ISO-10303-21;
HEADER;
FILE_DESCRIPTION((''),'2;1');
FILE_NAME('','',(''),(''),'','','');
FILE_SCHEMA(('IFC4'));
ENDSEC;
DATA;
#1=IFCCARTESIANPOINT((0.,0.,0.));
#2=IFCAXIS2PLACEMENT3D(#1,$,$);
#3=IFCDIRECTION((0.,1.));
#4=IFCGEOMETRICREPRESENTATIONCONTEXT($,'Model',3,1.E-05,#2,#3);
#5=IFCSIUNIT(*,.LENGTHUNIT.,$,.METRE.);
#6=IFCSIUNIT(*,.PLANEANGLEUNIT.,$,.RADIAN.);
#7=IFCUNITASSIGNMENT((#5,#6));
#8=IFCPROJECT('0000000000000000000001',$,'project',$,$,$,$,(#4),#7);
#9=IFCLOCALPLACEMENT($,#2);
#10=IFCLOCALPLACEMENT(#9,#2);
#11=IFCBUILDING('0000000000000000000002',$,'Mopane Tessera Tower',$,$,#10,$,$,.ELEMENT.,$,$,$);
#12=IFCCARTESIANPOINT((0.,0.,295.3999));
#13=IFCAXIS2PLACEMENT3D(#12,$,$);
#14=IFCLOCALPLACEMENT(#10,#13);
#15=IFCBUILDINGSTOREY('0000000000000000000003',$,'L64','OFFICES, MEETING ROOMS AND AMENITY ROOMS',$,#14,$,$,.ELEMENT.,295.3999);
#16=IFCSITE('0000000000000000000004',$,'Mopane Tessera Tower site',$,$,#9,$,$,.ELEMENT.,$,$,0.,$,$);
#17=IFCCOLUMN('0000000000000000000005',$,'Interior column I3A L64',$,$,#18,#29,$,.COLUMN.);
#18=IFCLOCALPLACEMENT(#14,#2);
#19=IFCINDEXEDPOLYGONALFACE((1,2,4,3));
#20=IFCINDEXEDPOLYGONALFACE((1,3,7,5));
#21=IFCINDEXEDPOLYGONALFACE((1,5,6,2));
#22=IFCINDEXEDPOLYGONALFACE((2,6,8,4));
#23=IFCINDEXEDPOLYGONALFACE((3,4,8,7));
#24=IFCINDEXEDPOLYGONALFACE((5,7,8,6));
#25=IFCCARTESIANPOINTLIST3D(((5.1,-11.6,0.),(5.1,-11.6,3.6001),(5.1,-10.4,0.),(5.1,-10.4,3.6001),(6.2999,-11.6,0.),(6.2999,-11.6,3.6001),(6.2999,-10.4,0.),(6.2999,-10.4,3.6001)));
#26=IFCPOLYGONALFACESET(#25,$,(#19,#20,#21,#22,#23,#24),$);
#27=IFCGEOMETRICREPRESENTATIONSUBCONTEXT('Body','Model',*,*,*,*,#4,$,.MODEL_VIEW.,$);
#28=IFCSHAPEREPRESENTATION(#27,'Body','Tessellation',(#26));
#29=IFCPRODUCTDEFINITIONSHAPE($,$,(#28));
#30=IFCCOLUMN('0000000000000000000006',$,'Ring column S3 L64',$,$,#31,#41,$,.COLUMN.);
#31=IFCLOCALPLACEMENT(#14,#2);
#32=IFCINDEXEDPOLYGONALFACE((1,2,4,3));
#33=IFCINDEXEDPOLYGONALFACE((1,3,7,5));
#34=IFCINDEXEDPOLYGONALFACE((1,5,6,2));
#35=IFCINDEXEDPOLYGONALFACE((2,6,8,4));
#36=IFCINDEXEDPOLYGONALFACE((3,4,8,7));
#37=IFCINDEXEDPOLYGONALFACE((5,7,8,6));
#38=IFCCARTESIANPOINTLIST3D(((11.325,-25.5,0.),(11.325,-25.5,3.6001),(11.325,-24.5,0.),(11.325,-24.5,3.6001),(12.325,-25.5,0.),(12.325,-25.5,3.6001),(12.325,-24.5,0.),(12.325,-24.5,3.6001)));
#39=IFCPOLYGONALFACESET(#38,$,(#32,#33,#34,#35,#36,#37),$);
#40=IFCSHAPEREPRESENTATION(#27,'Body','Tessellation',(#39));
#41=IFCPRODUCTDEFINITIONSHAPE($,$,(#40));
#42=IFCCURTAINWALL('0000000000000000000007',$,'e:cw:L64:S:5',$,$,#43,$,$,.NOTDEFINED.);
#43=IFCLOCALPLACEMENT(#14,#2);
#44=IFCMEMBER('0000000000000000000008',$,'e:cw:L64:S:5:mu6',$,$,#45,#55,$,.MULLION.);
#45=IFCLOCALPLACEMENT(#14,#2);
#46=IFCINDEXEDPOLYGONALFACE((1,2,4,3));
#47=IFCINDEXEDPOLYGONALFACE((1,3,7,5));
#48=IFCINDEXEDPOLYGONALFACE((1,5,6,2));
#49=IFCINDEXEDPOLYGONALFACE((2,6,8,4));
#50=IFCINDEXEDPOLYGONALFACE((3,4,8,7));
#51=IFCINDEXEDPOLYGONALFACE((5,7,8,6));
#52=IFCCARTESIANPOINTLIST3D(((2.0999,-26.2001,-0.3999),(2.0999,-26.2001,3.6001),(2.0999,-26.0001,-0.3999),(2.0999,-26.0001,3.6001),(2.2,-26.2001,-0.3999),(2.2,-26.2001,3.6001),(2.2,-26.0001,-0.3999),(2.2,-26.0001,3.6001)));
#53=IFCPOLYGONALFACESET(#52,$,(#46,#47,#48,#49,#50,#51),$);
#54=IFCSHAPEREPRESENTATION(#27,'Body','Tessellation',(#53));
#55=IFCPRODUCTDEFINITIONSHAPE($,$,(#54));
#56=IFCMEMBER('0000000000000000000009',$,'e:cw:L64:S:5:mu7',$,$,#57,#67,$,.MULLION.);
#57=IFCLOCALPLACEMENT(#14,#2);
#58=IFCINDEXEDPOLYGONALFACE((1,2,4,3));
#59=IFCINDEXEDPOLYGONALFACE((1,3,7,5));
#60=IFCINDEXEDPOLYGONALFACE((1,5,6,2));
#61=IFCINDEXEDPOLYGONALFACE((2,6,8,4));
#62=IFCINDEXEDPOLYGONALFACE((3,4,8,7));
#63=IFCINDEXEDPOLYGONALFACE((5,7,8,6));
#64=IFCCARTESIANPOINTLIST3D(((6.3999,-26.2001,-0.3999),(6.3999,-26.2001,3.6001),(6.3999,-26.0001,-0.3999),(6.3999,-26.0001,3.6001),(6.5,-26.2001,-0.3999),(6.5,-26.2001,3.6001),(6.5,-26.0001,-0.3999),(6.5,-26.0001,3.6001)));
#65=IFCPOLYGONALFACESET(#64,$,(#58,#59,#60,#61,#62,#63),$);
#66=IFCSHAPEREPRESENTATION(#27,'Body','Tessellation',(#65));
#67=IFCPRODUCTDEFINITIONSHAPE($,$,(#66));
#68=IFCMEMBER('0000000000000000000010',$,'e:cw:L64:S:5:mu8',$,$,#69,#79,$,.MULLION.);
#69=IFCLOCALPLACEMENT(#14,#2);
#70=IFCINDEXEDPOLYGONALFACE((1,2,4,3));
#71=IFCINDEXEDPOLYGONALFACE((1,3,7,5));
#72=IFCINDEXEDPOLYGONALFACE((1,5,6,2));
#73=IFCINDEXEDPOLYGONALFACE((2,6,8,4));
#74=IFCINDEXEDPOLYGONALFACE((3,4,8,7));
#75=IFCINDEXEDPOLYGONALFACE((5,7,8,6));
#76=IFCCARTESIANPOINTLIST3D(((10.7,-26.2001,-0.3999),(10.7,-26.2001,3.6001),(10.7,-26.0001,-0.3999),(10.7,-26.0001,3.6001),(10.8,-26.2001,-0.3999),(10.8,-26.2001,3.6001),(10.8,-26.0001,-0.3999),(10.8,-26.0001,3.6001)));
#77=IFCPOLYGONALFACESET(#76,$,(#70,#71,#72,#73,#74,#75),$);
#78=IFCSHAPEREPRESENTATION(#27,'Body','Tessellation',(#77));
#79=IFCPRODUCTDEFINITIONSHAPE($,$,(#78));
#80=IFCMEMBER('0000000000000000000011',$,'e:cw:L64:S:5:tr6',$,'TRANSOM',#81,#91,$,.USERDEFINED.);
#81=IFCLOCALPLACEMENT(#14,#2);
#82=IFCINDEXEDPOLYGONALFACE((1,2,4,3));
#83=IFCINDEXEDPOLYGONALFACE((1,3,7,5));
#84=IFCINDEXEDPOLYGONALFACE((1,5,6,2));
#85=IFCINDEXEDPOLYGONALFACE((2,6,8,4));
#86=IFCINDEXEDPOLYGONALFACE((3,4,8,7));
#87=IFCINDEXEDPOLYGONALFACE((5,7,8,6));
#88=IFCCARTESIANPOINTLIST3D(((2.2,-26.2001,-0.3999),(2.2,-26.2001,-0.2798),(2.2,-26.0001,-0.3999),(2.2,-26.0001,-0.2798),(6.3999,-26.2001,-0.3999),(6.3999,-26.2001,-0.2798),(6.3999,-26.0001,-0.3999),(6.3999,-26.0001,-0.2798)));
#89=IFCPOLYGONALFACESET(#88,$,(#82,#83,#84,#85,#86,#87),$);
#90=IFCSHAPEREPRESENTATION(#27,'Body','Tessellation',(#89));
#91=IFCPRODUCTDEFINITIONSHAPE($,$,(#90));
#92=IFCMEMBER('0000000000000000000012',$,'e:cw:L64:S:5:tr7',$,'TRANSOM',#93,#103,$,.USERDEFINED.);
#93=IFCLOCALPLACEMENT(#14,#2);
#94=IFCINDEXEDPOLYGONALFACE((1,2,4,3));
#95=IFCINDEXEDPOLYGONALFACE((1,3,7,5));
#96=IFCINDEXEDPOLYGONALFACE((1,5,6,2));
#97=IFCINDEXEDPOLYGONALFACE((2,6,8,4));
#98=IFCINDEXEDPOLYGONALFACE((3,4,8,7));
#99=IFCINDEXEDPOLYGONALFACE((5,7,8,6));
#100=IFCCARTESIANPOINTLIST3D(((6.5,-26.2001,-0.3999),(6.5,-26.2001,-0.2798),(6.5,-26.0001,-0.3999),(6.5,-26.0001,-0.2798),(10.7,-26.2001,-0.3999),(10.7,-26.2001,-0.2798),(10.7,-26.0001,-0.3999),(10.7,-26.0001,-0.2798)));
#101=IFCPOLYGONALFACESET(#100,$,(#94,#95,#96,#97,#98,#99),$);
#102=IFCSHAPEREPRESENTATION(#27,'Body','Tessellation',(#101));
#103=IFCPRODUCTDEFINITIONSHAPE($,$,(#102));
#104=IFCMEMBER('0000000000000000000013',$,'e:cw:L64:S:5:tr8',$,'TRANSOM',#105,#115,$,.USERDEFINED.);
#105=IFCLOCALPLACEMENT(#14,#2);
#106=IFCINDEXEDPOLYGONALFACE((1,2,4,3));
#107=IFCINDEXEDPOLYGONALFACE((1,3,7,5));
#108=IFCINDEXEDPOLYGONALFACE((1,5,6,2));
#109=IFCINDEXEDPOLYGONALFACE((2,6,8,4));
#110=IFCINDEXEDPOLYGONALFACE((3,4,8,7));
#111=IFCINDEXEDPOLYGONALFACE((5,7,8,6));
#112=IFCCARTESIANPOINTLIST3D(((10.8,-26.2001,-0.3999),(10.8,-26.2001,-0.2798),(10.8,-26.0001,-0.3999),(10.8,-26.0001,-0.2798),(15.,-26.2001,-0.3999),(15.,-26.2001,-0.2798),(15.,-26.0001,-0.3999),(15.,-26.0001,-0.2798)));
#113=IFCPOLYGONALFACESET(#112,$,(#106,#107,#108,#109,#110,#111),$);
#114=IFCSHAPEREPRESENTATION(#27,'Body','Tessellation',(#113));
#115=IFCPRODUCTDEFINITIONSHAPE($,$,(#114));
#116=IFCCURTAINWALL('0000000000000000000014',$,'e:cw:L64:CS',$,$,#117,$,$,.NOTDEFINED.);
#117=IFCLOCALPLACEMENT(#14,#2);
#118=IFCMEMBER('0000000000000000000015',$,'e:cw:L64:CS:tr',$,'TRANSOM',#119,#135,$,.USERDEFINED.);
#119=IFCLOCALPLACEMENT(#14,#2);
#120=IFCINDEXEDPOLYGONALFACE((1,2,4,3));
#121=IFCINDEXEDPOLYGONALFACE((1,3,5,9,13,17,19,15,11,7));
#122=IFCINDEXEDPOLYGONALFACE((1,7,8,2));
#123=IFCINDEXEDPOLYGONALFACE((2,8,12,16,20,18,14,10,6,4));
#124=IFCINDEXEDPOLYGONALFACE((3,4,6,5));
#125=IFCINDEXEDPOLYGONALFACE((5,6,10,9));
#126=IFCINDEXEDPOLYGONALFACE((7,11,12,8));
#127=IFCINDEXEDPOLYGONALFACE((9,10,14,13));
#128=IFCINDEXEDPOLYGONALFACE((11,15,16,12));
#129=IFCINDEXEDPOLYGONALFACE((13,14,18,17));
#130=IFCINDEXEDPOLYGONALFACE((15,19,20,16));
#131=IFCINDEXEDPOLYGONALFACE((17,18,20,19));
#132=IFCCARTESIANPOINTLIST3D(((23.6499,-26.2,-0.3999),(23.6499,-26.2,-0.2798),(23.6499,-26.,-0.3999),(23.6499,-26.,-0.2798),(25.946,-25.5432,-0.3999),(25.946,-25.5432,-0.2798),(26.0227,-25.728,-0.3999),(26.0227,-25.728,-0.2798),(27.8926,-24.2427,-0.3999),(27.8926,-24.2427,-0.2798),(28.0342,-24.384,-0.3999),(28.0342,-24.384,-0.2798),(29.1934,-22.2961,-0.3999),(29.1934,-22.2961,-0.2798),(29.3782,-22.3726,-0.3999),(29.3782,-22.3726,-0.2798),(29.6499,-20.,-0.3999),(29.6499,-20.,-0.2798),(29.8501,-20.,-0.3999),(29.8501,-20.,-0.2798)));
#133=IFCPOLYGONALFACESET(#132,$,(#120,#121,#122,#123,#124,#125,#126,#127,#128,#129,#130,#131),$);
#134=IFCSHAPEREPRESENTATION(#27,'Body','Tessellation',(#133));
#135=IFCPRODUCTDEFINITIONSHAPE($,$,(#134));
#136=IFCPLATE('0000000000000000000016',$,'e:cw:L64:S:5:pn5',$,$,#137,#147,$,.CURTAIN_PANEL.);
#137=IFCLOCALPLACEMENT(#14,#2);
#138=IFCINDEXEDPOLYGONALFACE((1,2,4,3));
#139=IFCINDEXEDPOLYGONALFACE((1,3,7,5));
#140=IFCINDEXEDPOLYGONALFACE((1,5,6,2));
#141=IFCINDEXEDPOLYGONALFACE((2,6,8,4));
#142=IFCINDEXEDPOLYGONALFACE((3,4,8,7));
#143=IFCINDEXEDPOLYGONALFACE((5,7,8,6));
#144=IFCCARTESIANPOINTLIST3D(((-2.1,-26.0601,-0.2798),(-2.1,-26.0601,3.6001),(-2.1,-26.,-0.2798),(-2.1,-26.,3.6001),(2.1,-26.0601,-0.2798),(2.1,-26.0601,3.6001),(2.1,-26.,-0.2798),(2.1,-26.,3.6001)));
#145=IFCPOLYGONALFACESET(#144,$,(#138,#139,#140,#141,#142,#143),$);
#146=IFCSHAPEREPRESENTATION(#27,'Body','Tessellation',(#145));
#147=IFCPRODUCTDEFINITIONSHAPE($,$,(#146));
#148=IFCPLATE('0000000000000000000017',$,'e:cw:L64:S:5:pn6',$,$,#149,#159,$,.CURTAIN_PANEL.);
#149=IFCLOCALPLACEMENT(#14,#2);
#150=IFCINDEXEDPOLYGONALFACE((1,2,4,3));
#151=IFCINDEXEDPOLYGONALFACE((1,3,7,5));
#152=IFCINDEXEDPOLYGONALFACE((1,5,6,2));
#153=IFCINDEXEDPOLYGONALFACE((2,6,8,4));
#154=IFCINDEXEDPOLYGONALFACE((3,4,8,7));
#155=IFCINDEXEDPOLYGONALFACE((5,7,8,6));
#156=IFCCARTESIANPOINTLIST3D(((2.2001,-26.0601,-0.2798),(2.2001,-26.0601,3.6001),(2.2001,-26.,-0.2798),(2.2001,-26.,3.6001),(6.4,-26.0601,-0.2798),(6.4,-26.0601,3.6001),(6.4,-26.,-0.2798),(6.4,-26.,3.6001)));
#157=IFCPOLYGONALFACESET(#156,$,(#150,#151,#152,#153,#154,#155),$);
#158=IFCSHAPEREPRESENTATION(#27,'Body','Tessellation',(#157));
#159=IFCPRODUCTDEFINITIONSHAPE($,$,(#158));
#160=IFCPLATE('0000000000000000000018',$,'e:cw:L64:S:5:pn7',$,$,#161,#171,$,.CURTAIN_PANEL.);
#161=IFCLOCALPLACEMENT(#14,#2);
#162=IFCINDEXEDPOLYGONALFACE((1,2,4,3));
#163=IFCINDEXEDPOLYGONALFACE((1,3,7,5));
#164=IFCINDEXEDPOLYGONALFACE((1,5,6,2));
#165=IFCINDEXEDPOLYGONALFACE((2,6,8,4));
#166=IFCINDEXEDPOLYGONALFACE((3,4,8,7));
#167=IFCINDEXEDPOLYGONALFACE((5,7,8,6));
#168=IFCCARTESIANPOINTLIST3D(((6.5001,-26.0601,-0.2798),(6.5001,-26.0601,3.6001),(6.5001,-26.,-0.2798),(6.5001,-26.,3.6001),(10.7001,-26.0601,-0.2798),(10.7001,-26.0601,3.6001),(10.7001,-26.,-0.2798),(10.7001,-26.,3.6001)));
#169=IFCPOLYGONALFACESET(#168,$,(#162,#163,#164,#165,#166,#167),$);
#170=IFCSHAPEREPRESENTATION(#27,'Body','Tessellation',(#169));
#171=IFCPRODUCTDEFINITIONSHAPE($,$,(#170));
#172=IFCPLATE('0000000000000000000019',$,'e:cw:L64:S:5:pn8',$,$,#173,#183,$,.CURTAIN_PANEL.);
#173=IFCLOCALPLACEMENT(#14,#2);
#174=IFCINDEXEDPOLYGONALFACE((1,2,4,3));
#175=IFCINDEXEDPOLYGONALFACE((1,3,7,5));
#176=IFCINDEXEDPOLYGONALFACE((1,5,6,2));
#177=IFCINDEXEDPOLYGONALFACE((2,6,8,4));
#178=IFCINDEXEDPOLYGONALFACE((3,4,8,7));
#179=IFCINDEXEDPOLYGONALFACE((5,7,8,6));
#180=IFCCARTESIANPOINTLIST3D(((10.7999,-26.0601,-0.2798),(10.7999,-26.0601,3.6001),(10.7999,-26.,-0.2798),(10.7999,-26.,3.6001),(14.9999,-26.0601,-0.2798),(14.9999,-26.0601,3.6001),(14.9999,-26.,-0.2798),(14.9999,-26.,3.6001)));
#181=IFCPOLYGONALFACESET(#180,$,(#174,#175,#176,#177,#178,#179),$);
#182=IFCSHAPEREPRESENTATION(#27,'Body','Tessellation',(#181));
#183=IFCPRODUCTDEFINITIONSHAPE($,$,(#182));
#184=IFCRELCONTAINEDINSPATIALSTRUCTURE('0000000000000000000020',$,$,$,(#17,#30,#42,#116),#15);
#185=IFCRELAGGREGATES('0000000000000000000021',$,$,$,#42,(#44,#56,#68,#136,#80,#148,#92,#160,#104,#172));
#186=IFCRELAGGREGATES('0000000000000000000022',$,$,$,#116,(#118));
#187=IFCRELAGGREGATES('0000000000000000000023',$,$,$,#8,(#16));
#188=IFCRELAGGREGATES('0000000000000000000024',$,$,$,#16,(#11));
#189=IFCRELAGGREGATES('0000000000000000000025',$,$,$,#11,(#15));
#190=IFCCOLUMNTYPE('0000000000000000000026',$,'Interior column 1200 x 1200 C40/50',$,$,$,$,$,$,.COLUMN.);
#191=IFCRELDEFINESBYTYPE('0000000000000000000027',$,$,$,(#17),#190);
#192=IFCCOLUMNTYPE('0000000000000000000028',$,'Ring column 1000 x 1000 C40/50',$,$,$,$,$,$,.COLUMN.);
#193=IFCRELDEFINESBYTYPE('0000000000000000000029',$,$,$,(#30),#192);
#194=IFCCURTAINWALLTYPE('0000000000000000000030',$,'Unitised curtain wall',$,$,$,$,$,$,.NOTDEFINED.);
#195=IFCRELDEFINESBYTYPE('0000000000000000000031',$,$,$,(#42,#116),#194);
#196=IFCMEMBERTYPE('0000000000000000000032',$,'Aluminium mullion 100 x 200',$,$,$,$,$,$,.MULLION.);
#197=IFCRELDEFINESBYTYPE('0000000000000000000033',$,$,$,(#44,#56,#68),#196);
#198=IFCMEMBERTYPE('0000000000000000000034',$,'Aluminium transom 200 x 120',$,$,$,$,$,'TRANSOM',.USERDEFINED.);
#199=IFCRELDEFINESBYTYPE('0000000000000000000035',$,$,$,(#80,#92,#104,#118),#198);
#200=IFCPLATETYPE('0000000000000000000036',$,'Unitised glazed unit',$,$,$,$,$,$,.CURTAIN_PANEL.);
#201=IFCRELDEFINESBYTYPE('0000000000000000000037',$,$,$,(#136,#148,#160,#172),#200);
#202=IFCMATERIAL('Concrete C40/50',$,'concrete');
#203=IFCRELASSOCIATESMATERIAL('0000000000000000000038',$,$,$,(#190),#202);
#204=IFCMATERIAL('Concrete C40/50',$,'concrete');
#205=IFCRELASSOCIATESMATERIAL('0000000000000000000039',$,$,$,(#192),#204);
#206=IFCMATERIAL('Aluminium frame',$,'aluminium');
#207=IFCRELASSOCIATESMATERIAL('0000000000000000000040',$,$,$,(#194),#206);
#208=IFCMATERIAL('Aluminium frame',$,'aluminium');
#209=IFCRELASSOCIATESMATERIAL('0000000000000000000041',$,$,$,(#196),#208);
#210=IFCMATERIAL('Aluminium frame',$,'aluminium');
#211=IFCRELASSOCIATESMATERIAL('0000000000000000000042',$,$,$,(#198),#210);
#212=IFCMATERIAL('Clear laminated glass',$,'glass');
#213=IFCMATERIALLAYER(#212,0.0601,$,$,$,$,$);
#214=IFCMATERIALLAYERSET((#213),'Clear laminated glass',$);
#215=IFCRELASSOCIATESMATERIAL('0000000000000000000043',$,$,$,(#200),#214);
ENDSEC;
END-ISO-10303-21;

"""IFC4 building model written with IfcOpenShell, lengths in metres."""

from ifc_helpers import new_model, si_unit, direction, frame, origin, origin_2d, place, context, subcontext, project, spatial, polyline, rectangle, outline, extrude, material, layer, layer_set, material_profile, profile_set, type_object, element, aggregate, save


model = new_model("IFC4")

# Units and contexts
model_context = context("Model", 3, precision=1e-05, world=origin(), true_north=direction((0.0, 1.0)))
body_context = subcontext(model_context, "Body", "Model", "MODEL_VIEW")
ifc_project = project(units=[si_unit("LENGTHUNIT", "METRE"), si_unit("PLANEANGLEUNIT", "RADIAN")], contexts=[model_context])

# Site, building, storey
site_placement = place(None, origin())
site = spatial("IfcSite", under=ifc_project, at=site_placement, Name="Mopane Tessera Tower site", CompositionType="ELEMENT", RefElevation=0.0)
building_placement = place(site_placement, origin())
building = spatial("IfcBuilding", under=site, at=building_placement, Name="Mopane Tessera Tower", CompositionType="ELEMENT")
storey_placement = place(building_placement, frame((0.0, 0.0, 295.3999)))
storey = spatial("IfcBuildingStorey", under=building, at=storey_placement, Name="L64", Description="OFFICES, MEETING ROOMS AND AMENITY ROOMS", CompositionType="ELEMENT", Elevation=295.3999)

# Columns
ifc_material_1 = material(Name="Concrete C40/50", Category="concrete")
ifc_material_profile_1 = material_profile(ifc_material_1, rectangle(XDim=1.2, YDim=1.2, at=origin_2d()))
ifc_profile_set_1 = profile_set([ifc_material_profile_1], Name="Concrete C40/50")
column_type_1 = type_object("IfcColumnType", Name="Interior column 1200 x 1200 C40/50", PredefinedType="COLUMN", material=ifc_profile_set_1)
column_1_placement = place(storey_placement, frame((5.7, -11.0, 0.0), z_axis=(0.0, 0.0, 1.0), x_axis=(1.0, 0.0, 0.0)))
element("IfcColumn", 1, at=column_1_placement, inside=storey, type_object=column_type_1, Name="Interior column I3A L64", PredefinedType="COLUMN", context=body_context, shape_type="SweptSolid", body=[
    extrude(rectangle(XDim=1.2, YDim=1.2, at=origin_2d()), origin(), (0.0, 0.0, 1.0), 3.6001),
])
ifc_material_2 = material(Name="Concrete C40/50", Category="concrete")
ifc_material_profile_2 = material_profile(ifc_material_2, rectangle(XDim=1.0, YDim=1.0, at=origin_2d()))
ifc_profile_set_2 = profile_set([ifc_material_profile_2], Name="Concrete C40/50")
column_type_2 = type_object("IfcColumnType", Name="Ring column 1000 x 1000 C40/50", PredefinedType="COLUMN", material=ifc_profile_set_2)
column_2_placement = place(storey_placement, frame((11.825, -25.0, 0.0), z_axis=(0.0, 0.0, 1.0), x_axis=(1.0, 0.0, 0.0)))
element("IfcColumn", 2, at=column_2_placement, inside=storey, type_object=column_type_2, Name="Ring column S3 L64", PredefinedType="COLUMN", context=body_context, shape_type="SweptSolid", body=[
    extrude(rectangle(XDim=1.0, YDim=1.0, at=origin_2d()), origin(), (0.0, 0.0, 1.0), 3.6001),
])

# Curtain wall, members
ifc_material_3 = material(Name="Aluminium frame", Category="aluminium")
curtain_wall_type = type_object("IfcCurtainWallType", Name="Unitised curtain wall", PredefinedType="NOTDEFINED", material=ifc_material_3)
curtain_wall_1_placement = place(storey_placement, origin())
curtain_wall_1 = element("IfcCurtainWall", 3, at=curtain_wall_1_placement, inside=storey, type_object=curtain_wall_type, Name="e:cw:L64:S:5", PredefinedType="NOTDEFINED")
ifc_material_4 = material(Name="Aluminium frame", Category="aluminium")
ifc_material_profile_3 = material_profile(ifc_material_4, rectangle(XDim=0.1001, YDim=0.2, at=origin_2d()))
ifc_profile_set_3 = profile_set([ifc_material_profile_3], Name="Aluminium frame")
member_type_1 = type_object("IfcMemberType", Name="Aluminium mullion 100 x 200", PredefinedType="MULLION", material=ifc_profile_set_3)
member_1_placement = place(storey_placement, frame((2.1499, -26.1001, -0.3999), z_axis=(0.0, 0.0, 1.0), x_axis=(1.0, 0.0, 0.0)))
member_1 = element("IfcMember", 4, at=member_1_placement, type_object=member_type_1, Name="e:cw:L64:S:5:mu6", PredefinedType="MULLION", context=body_context, shape_type="SweptSolid", body=[
    extrude(rectangle(XDim=0.1001, YDim=0.2, at=origin_2d()), origin(), (0.0, 0.0, 1.0), 4.0),
])
member_2_placement = place(storey_placement, frame((6.45, -26.1001, -0.3999), z_axis=(0.0, 0.0, 1.0), x_axis=(1.0, 0.0, 0.0)))
member_2 = element("IfcMember", 5, at=member_2_placement, type_object=member_type_1, Name="e:cw:L64:S:5:mu7", PredefinedType="MULLION", context=body_context, shape_type="SweptSolid", body=[
    extrude(rectangle(XDim=0.1001, YDim=0.2, at=origin_2d()), origin(), (0.0, 0.0, 1.0), 4.0),
])
member_3_placement = place(storey_placement, frame((10.75, -26.1001, -0.3999), z_axis=(0.0, 0.0, 1.0), x_axis=(1.0, 0.0, 0.0)))
member_3 = element("IfcMember", 6, at=member_3_placement, type_object=member_type_1, Name="e:cw:L64:S:5:mu8", PredefinedType="MULLION", context=body_context, shape_type="SweptSolid", body=[
    extrude(rectangle(XDim=0.1001, YDim=0.2, at=origin_2d()), origin(), (0.0, 0.0, 1.0), 4.0),
])
ifc_material_5 = material(Name="Aluminium frame", Category="aluminium")
ifc_material_profile_4 = material_profile(ifc_material_5, rectangle(XDim=0.2, YDim=0.1201, at=origin_2d()))
ifc_profile_set_4 = profile_set([ifc_material_profile_4], Name="Aluminium frame")
member_type_2 = type_object("IfcMemberType", Name="Aluminium transom 200 x 120", ElementType="TRANSOM", PredefinedType="USERDEFINED", material=ifc_profile_set_4)
member_4_placement = place(storey_placement, frame((2.2, -26.1001, -0.3398), z_axis=(1.0, 0.0, 0.0), x_axis=(0.0, 1.0, 0.0)))
member_4 = element("IfcMember", 7, at=member_4_placement, type_object=member_type_2, Name="e:cw:L64:S:5:tr6", ObjectType="TRANSOM", PredefinedType="USERDEFINED", context=body_context, shape_type="SweptSolid", body=[
    extrude(rectangle(XDim=0.2, YDim=0.1201, at=origin_2d()), origin(), (0.0, 0.0, 1.0), 4.2),
])
member_5_placement = place(storey_placement, frame((6.5, -26.1001, -0.3398), z_axis=(1.0, 0.0, 0.0), x_axis=(0.0, 1.0, 0.0)))
member_5 = element("IfcMember", 8, at=member_5_placement, type_object=member_type_2, Name="e:cw:L64:S:5:tr7", ObjectType="TRANSOM", PredefinedType="USERDEFINED", context=body_context, shape_type="SweptSolid", body=[
    extrude(rectangle(XDim=0.2, YDim=0.1201, at=origin_2d()), origin(), (0.0, 0.0, 1.0), 4.2),
])
member_6_placement = place(storey_placement, frame((10.8, -26.1001, -0.3398), z_axis=(1.0, 0.0, 0.0), x_axis=(0.0, 1.0, 0.0)))
member_6 = element("IfcMember", 9, at=member_6_placement, type_object=member_type_2, Name="e:cw:L64:S:5:tr8", ObjectType="TRANSOM", PredefinedType="USERDEFINED", context=body_context, shape_type="SweptSolid", body=[
    extrude(rectangle(XDim=0.2, YDim=0.1201, at=origin_2d()), origin(), (0.0, 0.0, 1.0), 4.2),
])

# Curtain wall, member
curtain_wall_2_placement = place(storey_placement, origin())
curtain_wall_2 = element("IfcCurtainWall", 10, at=curtain_wall_2_placement, inside=storey, type_object=curtain_wall_type, Name="e:cw:L64:CS", PredefinedType="NOTDEFINED")
member_7_placement = place(storey_placement, frame((0.0, 0.0, -0.3999)))
member_7 = element("IfcMember", 11, at=member_7_placement, type_object=member_type_2, Name="e:cw:L64:CS:tr", ObjectType="TRANSOM", PredefinedType="USERDEFINED", context=body_context, shape_type="SweptSolid", body=[
    extrude(outline(polyline([(23.6499, -26.0), (25.946, -25.5432), (27.8926, -24.2427), (29.1934, -22.2961), (29.6499, -20.0), (29.8501, -20.0), (29.3782, -22.3726), (28.0342, -24.384), (26.0227, -25.728), (23.6499, -26.2), (23.6499, -26.0)])), origin(), (0.0, 0.0, 1.0), 0.1201),
])

# Plates
ifc_material_6 = material(Name="Clear laminated glass", Category="glass")
ifc_layer_1 = layer(ifc_material_6, 0.0601)
ifc_layer_set_1 = layer_set([ifc_layer_1], Name="Clear laminated glass")
plate_type = type_object("IfcPlateType", Name="Unitised glazed unit", PredefinedType="CURTAIN_PANEL", material=ifc_layer_set_1)
plate_1_placement = place(storey_placement, frame((0.0, -26.03, -0.2798), z_axis=(0.0, 0.0, 1.0), x_axis=(1.0, 0.0, 0.0)))
plate_1 = element("IfcPlate", 12, at=plate_1_placement, type_object=plate_type, Name="e:cw:L64:S:5:pn5", PredefinedType="CURTAIN_PANEL", context=body_context, shape_type="SweptSolid", body=[
    extrude(rectangle(XDim=4.2, YDim=0.0601, at=origin_2d()), origin(), (0.0, 0.0, 1.0), 3.8799),
])
plate_2_placement = place(storey_placement, frame((4.3, -26.03, -0.2798), z_axis=(0.0, 0.0, 1.0), x_axis=(1.0, 0.0, 0.0)))
plate_2 = element("IfcPlate", 13, at=plate_2_placement, type_object=plate_type, Name="e:cw:L64:S:5:pn6", PredefinedType="CURTAIN_PANEL", context=body_context, shape_type="SweptSolid", body=[
    extrude(rectangle(XDim=4.2, YDim=0.0601, at=origin_2d()), origin(), (0.0, 0.0, 1.0), 3.8799),
])
plate_3_placement = place(storey_placement, frame((8.6001, -26.03, -0.2798), z_axis=(0.0, 0.0, 1.0), x_axis=(1.0, 0.0, 0.0)))
plate_3 = element("IfcPlate", 14, at=plate_3_placement, type_object=plate_type, Name="e:cw:L64:S:5:pn7", PredefinedType="CURTAIN_PANEL", context=body_context, shape_type="SweptSolid", body=[
    extrude(rectangle(XDim=4.2, YDim=0.0601, at=origin_2d()), origin(), (0.0, 0.0, 1.0), 3.8799),
])
plate_4_placement = place(storey_placement, frame((12.8999, -26.03, -0.2798), z_axis=(0.0, 0.0, 1.0), x_axis=(1.0, 0.0, 0.0)))
plate_4 = element("IfcPlate", 15, at=plate_4_placement, type_object=plate_type, Name="e:cw:L64:S:5:pn8", PredefinedType="CURTAIN_PANEL", context=body_context, shape_type="SweptSolid", body=[
    extrude(rectangle(XDim=4.2, YDim=0.0601, at=origin_2d()), origin(), (0.0, 0.0, 1.0), 3.8799),
])
aggregate(curtain_wall_1, [member_1, member_2, member_3, plate_1, member_4, plate_2, member_5, plate_3, member_6, plate_4])
aggregate(curtain_wall_2, [member_7])

save(model, "model.ifc")
